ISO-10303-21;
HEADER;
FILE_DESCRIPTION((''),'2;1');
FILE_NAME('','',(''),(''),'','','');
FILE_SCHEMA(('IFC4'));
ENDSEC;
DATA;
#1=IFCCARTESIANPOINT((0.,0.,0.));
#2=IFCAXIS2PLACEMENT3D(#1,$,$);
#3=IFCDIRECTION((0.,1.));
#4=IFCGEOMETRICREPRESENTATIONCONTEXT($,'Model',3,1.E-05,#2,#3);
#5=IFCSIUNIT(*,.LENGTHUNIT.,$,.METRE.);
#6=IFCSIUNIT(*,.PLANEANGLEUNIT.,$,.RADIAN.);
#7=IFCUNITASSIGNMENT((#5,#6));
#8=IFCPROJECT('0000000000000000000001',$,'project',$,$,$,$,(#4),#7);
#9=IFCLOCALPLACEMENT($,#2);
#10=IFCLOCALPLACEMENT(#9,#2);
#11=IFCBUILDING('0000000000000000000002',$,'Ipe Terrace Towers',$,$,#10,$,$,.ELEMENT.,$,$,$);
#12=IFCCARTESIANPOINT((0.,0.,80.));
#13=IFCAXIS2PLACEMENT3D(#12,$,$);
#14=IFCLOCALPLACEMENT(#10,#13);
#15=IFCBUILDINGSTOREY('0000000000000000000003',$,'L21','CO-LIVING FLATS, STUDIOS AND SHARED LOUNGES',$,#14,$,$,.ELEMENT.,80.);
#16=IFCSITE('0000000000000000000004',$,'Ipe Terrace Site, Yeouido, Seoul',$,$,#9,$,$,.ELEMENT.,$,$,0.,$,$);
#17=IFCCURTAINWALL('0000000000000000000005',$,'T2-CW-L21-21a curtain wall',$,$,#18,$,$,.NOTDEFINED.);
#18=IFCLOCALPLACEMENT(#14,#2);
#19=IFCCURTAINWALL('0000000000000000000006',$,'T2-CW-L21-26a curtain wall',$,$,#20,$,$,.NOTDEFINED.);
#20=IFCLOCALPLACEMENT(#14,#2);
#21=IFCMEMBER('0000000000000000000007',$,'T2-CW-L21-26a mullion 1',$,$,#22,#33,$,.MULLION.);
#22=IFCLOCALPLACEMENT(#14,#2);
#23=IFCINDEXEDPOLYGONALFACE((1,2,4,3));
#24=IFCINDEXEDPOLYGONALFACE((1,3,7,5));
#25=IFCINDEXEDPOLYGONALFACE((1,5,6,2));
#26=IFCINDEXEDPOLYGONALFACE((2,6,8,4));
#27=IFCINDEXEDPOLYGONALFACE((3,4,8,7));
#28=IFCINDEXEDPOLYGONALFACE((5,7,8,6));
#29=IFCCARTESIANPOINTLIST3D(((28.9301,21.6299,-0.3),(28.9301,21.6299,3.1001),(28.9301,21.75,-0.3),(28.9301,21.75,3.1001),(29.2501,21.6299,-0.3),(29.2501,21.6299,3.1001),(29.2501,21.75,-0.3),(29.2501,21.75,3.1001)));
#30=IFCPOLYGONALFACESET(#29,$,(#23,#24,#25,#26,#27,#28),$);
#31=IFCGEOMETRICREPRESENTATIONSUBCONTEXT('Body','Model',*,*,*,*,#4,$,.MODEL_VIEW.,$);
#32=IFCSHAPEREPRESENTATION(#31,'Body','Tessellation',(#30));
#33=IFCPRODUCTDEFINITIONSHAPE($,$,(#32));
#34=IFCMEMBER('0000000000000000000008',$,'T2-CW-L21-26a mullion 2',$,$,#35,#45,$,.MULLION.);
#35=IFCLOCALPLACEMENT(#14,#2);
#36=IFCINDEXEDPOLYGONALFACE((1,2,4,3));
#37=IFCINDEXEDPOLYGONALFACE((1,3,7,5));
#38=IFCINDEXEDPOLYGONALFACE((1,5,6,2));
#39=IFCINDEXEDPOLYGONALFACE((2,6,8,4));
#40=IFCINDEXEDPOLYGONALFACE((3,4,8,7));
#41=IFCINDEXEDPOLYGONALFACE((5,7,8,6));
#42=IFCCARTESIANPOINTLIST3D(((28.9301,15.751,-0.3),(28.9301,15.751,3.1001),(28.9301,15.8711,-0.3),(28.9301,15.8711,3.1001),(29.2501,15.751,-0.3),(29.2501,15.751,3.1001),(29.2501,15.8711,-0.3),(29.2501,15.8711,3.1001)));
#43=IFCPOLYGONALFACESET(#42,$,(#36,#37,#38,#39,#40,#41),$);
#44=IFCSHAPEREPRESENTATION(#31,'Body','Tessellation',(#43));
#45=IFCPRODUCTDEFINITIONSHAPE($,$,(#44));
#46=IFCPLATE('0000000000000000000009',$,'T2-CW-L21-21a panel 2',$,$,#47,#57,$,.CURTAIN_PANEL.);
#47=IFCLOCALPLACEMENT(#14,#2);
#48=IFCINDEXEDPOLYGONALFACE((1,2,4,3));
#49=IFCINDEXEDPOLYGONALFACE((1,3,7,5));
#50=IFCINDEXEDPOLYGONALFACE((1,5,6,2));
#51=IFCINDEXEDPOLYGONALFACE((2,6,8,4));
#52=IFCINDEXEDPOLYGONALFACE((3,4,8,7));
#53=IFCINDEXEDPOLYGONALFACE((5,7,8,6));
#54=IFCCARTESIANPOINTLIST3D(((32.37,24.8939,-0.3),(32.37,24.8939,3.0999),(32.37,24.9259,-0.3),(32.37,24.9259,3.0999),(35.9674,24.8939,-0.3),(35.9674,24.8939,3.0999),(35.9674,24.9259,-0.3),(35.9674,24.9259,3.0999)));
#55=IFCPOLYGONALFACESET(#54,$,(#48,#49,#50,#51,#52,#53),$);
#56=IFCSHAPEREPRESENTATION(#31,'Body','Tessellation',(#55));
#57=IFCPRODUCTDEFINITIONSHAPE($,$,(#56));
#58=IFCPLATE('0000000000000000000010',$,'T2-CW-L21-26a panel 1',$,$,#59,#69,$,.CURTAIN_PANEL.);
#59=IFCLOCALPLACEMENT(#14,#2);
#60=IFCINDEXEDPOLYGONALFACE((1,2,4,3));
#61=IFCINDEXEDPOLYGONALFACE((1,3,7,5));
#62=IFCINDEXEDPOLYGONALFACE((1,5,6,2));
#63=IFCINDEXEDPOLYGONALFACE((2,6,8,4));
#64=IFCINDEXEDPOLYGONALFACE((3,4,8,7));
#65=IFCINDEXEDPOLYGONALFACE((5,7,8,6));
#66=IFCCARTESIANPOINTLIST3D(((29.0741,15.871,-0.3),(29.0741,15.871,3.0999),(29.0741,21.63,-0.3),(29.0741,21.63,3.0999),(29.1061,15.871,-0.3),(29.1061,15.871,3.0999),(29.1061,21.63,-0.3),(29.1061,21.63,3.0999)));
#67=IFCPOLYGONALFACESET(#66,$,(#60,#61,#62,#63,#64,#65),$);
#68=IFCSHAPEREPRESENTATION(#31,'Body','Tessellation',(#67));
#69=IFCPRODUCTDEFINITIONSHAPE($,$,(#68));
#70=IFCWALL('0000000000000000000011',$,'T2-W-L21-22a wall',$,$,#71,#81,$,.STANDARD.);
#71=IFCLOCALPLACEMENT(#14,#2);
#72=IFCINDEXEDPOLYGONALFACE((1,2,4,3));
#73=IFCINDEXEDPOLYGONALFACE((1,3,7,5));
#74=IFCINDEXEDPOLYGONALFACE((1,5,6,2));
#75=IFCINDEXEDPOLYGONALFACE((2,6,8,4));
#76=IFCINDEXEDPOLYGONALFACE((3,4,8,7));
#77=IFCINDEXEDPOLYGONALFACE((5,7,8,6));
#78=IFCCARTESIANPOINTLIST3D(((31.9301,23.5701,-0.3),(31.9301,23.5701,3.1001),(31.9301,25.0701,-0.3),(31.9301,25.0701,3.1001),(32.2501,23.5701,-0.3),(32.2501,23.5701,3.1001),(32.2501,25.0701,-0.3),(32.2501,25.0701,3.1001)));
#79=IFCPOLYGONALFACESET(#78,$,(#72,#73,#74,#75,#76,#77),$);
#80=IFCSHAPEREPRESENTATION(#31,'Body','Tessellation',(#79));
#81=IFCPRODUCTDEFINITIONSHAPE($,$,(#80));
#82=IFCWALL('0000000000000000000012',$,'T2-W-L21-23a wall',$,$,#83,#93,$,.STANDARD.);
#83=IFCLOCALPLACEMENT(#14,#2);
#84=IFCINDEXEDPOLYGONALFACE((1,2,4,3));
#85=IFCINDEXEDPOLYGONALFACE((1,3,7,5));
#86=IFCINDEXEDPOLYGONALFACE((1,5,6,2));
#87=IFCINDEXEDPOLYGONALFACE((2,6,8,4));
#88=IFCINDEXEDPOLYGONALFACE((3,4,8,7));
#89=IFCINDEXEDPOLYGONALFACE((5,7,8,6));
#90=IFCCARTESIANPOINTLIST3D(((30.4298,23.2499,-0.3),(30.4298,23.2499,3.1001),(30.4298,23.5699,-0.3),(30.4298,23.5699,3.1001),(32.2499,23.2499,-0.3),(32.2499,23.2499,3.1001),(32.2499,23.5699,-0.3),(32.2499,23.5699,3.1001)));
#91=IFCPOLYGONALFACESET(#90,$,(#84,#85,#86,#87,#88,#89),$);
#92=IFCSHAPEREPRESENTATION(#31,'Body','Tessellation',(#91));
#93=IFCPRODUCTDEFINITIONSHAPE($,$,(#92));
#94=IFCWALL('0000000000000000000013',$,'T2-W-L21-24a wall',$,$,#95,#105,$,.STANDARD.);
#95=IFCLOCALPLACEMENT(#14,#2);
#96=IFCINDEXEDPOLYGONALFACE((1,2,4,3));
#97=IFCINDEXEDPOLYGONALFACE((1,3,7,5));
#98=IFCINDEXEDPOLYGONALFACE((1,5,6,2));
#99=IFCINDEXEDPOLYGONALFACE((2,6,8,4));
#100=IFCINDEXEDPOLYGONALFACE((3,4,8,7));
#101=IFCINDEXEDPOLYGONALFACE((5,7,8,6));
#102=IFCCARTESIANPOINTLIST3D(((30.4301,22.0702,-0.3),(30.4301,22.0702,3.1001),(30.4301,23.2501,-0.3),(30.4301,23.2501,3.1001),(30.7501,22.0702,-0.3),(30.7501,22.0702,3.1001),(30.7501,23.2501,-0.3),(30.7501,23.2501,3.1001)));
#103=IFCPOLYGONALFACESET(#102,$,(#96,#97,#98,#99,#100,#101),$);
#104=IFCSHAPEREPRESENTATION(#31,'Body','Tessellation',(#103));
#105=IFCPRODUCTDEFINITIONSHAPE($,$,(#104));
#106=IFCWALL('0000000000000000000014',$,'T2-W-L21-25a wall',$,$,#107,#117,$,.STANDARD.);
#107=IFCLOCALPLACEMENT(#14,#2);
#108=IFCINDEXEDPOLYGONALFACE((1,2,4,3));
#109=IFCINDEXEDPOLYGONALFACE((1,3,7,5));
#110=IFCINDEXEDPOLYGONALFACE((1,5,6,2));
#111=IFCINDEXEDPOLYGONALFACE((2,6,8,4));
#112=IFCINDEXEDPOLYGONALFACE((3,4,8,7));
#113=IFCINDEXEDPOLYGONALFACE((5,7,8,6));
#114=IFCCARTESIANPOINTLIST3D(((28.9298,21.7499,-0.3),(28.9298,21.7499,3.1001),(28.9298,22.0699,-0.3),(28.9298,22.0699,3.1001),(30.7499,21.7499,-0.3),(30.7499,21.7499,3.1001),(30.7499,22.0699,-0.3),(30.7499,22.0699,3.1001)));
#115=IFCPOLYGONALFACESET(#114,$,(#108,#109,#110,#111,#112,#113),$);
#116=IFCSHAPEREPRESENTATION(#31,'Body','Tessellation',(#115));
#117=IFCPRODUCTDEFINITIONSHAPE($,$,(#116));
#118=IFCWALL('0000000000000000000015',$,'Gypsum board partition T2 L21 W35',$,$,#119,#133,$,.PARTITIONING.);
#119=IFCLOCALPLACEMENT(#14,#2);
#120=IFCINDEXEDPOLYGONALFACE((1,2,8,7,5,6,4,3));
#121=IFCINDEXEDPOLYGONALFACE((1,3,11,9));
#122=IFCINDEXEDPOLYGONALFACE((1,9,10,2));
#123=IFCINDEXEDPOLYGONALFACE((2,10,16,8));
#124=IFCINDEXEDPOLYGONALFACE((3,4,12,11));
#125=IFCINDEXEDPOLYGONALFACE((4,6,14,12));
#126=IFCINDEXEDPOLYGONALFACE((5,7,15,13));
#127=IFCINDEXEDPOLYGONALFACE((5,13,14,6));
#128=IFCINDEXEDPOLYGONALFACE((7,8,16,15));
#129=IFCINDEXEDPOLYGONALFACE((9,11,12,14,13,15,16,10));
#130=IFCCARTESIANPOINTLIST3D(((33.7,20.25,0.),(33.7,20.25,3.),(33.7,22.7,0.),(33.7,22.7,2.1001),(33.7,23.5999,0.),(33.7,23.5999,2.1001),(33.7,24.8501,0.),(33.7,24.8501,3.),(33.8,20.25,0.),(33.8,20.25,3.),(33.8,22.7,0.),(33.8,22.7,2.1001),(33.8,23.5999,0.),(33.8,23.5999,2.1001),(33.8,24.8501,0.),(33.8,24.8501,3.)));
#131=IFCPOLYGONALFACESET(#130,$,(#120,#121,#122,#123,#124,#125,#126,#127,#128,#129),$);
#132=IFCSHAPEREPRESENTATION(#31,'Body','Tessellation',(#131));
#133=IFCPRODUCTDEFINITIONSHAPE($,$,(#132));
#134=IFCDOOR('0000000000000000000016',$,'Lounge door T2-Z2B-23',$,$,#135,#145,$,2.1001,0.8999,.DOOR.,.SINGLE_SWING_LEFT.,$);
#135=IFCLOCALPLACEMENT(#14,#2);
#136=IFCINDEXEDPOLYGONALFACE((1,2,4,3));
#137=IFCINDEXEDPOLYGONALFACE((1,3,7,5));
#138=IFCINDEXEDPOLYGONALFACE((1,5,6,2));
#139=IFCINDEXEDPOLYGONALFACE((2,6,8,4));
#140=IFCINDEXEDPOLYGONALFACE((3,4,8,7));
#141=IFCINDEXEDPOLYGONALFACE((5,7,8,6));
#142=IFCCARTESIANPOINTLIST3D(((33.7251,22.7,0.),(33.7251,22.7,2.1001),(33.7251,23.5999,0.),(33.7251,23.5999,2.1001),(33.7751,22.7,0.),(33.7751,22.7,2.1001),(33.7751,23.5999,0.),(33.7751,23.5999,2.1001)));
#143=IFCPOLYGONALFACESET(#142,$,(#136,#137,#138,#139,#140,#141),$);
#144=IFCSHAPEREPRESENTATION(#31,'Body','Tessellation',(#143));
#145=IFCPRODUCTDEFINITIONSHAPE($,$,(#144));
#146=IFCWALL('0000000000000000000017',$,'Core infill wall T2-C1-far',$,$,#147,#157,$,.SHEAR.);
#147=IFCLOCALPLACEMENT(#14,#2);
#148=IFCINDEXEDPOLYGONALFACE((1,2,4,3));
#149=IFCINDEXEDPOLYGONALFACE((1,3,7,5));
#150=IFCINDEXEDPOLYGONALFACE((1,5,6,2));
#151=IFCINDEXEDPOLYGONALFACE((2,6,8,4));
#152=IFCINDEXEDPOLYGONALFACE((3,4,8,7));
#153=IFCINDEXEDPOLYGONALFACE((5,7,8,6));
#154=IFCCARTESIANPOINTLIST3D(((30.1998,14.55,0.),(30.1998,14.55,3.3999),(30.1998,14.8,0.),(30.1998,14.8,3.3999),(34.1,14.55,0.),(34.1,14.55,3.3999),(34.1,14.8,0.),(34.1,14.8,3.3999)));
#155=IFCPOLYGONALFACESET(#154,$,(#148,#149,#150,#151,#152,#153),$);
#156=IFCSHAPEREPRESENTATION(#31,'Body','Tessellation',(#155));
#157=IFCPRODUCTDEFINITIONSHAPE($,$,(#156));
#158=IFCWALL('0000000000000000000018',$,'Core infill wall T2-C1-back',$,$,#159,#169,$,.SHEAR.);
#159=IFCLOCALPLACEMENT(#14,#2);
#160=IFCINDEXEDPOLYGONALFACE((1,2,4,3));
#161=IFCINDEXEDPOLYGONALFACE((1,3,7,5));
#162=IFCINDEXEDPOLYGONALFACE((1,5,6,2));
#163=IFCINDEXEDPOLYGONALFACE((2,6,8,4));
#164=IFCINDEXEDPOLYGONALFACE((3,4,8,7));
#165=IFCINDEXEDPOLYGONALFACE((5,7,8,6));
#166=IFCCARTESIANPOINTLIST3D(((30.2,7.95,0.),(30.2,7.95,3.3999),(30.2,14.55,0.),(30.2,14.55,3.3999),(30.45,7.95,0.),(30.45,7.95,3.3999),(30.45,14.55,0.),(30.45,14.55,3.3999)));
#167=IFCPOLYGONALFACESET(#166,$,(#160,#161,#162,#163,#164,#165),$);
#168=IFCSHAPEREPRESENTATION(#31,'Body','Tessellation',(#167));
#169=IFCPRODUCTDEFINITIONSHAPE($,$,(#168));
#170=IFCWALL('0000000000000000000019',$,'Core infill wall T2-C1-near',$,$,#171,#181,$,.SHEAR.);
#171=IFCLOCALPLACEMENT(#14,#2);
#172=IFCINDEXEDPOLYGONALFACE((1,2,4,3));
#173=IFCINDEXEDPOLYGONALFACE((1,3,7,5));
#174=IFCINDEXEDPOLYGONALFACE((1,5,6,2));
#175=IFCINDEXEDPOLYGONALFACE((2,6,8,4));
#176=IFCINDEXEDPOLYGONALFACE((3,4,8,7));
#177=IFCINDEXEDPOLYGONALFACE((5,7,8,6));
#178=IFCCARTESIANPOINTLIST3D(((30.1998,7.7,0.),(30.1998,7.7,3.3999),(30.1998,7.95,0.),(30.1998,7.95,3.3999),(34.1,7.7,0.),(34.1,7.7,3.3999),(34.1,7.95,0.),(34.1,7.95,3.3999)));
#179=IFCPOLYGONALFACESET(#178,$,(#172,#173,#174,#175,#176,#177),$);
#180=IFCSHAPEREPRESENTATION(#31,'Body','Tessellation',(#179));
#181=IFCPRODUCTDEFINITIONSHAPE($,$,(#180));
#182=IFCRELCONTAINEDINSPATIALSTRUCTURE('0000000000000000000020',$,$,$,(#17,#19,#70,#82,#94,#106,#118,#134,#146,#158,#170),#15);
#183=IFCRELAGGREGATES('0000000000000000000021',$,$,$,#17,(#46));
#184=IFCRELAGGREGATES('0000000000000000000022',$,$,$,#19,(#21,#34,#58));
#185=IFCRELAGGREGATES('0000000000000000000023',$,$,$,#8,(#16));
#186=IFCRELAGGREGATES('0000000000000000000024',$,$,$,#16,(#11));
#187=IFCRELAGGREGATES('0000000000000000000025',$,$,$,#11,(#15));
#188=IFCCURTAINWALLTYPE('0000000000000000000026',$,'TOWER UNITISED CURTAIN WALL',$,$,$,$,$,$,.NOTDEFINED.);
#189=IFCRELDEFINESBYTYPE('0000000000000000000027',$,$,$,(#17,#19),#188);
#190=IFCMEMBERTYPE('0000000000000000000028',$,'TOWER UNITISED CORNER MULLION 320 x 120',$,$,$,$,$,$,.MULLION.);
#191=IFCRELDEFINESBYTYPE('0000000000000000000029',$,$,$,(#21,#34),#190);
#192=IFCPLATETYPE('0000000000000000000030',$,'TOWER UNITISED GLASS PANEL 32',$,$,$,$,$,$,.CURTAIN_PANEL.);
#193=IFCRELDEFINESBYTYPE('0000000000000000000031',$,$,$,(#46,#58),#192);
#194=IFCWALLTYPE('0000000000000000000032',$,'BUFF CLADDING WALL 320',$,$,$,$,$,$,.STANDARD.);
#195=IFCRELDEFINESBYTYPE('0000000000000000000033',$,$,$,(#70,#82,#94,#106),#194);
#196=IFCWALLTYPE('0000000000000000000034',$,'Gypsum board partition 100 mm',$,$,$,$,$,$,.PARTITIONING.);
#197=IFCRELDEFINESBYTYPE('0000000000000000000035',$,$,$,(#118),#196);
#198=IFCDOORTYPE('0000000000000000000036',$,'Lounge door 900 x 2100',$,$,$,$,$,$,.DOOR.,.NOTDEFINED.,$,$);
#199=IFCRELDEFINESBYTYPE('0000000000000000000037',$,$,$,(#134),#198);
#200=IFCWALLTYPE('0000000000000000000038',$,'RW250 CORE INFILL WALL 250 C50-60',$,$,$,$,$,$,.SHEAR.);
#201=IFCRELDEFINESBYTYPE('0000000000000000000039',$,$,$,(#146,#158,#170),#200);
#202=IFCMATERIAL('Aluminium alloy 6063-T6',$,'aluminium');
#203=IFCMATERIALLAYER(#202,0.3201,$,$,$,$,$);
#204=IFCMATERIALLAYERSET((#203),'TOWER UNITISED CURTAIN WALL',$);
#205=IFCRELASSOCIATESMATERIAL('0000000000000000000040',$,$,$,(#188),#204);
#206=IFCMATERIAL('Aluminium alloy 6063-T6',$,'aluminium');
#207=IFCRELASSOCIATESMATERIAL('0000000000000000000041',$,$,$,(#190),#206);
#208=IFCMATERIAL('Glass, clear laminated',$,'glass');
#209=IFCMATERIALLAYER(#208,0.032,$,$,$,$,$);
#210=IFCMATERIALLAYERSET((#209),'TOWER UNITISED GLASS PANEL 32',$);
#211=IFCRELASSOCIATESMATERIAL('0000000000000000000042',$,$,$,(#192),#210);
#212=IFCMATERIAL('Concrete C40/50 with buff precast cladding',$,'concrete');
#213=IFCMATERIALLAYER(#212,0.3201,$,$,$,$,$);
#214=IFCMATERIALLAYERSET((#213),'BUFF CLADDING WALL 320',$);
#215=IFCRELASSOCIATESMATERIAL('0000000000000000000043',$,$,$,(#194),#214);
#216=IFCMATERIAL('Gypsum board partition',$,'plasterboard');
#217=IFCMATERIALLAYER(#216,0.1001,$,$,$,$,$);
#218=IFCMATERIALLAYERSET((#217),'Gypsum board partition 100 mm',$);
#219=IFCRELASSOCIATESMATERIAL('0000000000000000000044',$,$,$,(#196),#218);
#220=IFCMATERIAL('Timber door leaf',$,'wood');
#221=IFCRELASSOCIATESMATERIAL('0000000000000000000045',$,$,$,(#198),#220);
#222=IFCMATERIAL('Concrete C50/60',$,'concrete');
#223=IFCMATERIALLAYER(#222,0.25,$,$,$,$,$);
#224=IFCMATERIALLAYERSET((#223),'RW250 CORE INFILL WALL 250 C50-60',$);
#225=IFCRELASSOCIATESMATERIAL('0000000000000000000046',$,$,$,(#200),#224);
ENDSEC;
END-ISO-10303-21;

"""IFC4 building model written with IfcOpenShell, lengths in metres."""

from ifc_helpers import new_model, si_unit, direction, frame, frame_2d, origin, origin_2d, place, context, subcontext, project, spatial, rectangle, extrude, material, layer, layer_set, material_profile, profile_set, type_object, element, fill, aggregate, save


model = new_model("IFC4")

# Units and contexts
model_context = context("Model", 3, precision=1e-05, world=origin(), true_north=direction((0.0, 1.0)))
body_context = subcontext(model_context, "Body", "Model", "MODEL_VIEW")
ifc_project = project(units=[si_unit("LENGTHUNIT", "METRE"), si_unit("PLANEANGLEUNIT", "RADIAN")], contexts=[model_context])

# Site, building, storey
site_placement = place(None, origin())
site = spatial("IfcSite", under=ifc_project, at=site_placement, Name="Ipe Terrace Site, Yeouido, Seoul", CompositionType="ELEMENT", RefElevation=0.0)
building_placement = place(site_placement, origin())
building = spatial("IfcBuilding", under=site, at=building_placement, Name="Ipe Terrace Towers", CompositionType="ELEMENT")
storey_placement = place(building_placement, frame((0.0, 0.0, 80.0)))
storey = spatial("IfcBuildingStorey", under=building, at=storey_placement, Name="L21", Description="CO-LIVING FLATS, STUDIOS AND SHARED LOUNGES", CompositionType="ELEMENT", Elevation=80.0)

# Curtain wall
ifc_material_1 = material(Name="Aluminium alloy 6063-T6", Category="aluminium")
ifc_layer_1 = layer(ifc_material_1, 0.3201)
ifc_layer_set_1 = layer_set([ifc_layer_1], Name="TOWER UNITISED CURTAIN WALL")
curtain_wall_type = type_object("IfcCurtainWallType", Name="TOWER UNITISED CURTAIN WALL", PredefinedType="NOTDEFINED", material=ifc_layer_set_1)
curtain_wall_1_placement = place(storey_placement, origin())
curtain_wall_1 = element("IfcCurtainWall", 1, at=curtain_wall_1_placement, inside=storey, type_object=curtain_wall_type, Name="T2-CW-L21-21a curtain wall", PredefinedType="NOTDEFINED")
ifc_material_2 = material(Name="Aluminium alloy 6063-T6", Category="aluminium")
ifc_material_profile_1 = material_profile(ifc_material_2, rectangle(XDim=0.3201, YDim=0.1201, at=origin_2d()), Name="TOWER UNITISED CORNER MULLION 320 x 120")
ifc_profile_set_1 = profile_set([ifc_material_profile_1], Name="Aluminium alloy 6063-T6")
member_type = type_object("IfcMemberType", Name="TOWER UNITISED CORNER MULLION 320 x 120", PredefinedType="MULLION", material=ifc_profile_set_1)

# Curtain wall, members
curtain_wall_2_placement = place(storey_placement, origin())
curtain_wall_2 = element("IfcCurtainWall", 2, at=curtain_wall_2_placement, inside=storey, type_object=curtain_wall_type, Name="T2-CW-L21-26a curtain wall", PredefinedType="NOTDEFINED")
member_1_placement = place(storey_placement, frame((29.0901, 21.6899, -0.3), z_axis=(0.0, 0.0, 1.0), x_axis=(-1.0, 0.0, 0.0)))
member_1 = element("IfcMember", 3, at=member_1_placement, type_object=member_type, Name="T2-CW-L21-26a mullion 1", PredefinedType="MULLION", context=body_context, shape_type="SweptSolid", body=[
    extrude(rectangle(XDim=0.3201, YDim=0.1201, at=origin_2d()), origin(), (0.0, 0.0, 1.0), 3.4001),
])
member_2_placement = place(storey_placement, frame((29.0901, 15.811, -0.3), z_axis=(0.0, 0.0, 1.0), x_axis=(-1.0, 0.0, 0.0)))
member_2 = element("IfcMember", 4, at=member_2_placement, type_object=member_type, Name="T2-CW-L21-26a mullion 2", PredefinedType="MULLION", context=body_context, shape_type="SweptSolid", body=[
    extrude(rectangle(XDim=0.3201, YDim=0.1201, at=origin_2d()), origin(), (0.0, 0.0, 1.0), 3.4001),
])

# Plates
ifc_material_3 = material(Name="Glass, clear laminated", Category="glass")
ifc_layer_2 = layer(ifc_material_3, 0.032)
ifc_layer_set_2 = layer_set([ifc_layer_2], Name="TOWER UNITISED GLASS PANEL 32")
plate_type = type_object("IfcPlateType", Name="TOWER UNITISED GLASS PANEL 32", PredefinedType="CURTAIN_PANEL", material=ifc_layer_set_2)
plate_1_placement = place(storey_placement, frame((34.1687, 24.9099, -0.3), z_axis=(0.0, 0.0, 1.0), x_axis=(-1.0, 0.0, 0.0)))
plate_1 = element("IfcPlate", 5, at=plate_1_placement, type_object=plate_type, Name="T2-CW-L21-21a panel 2", PredefinedType="CURTAIN_PANEL", context=body_context, shape_type="SweptSolid", body=[
    extrude(rectangle(XDim=3.5974, YDim=0.032, at=origin_2d()), origin(), (0.0, 0.0, 1.0), 3.3999),
])
aggregate(curtain_wall_1, [plate_1])
plate_2_placement = place(storey_placement, frame((29.0901, 18.7505, -0.3), z_axis=(0.0, 0.0, 1.0), x_axis=(0.0, -1.0, 0.0)))
plate_2 = element("IfcPlate", 6, at=plate_2_placement, type_object=plate_type, Name="T2-CW-L21-26a panel 1", PredefinedType="CURTAIN_PANEL", context=body_context, shape_type="SweptSolid", body=[
    extrude(rectangle(XDim=5.759, YDim=0.032, at=origin_2d()), origin(), (0.0, 0.0, 1.0), 3.3999),
])
aggregate(curtain_wall_2, [member_1, member_2, plate_2])

# Walls
ifc_material_4 = material(Name="Concrete C40/50 with buff precast cladding", Category="concrete")
ifc_layer_3 = layer(ifc_material_4, 0.3201)
ifc_layer_set_3 = layer_set([ifc_layer_3], Name="BUFF CLADDING WALL 320")
wall_type_1 = type_object("IfcWallType", Name="BUFF CLADDING WALL 320", PredefinedType="STANDARD", material=ifc_layer_set_3)
wall_1_placement = place(storey_placement, frame((32.0901, 25.0701, -0.3), z_axis=(0.0, 0.0, 1.0), x_axis=(0.0, -1.0, 0.0)))
element("IfcWall", 7, at=wall_1_placement, inside=storey, type_object=wall_type_1, Name="T2-W-L21-22a wall", PredefinedType="STANDARD", context=body_context, shape_type="SweptSolid", body=[
    extrude(rectangle(XDim=1.5, YDim=0.3201, at=frame_2d((0.75, 0.0))), origin(), (0.0, 0.0, 1.0), 3.4001),
])
wall_2_placement = place(storey_placement, frame((32.25, 23.4099, -0.3), z_axis=(0.0, 0.0, 1.0), x_axis=(-1.0, 0.0, 0.0)))
element("IfcWall", 8, at=wall_2_placement, inside=storey, type_object=wall_type_1, Name="T2-W-L21-23a wall", PredefinedType="STANDARD", context=body_context, shape_type="SweptSolid", body=[
    extrude(rectangle(XDim=1.8201, YDim=0.3201, at=frame_2d((0.9102, 0.0))), origin(), (0.0, 0.0, 1.0), 3.4001),
])
wall_3_placement = place(storey_placement, frame((30.5901, 23.25, -0.3), z_axis=(0.0, 0.0, 1.0), x_axis=(0.0, -1.0, 0.0)))
element("IfcWall", 9, at=wall_3_placement, inside=storey, type_object=wall_type_1, Name="T2-W-L21-24a wall", PredefinedType="STANDARD", context=body_context, shape_type="SweptSolid", body=[
    extrude(rectangle(XDim=1.1799, YDim=0.3201, at=frame_2d((0.5898, 0.0))), origin(), (0.0, 0.0, 1.0), 3.4001),
])
wall_4_placement = place(storey_placement, frame((30.75, 21.9099, -0.3), z_axis=(0.0, 0.0, 1.0), x_axis=(-1.0, 0.0, 0.0)))
element("IfcWall", 10, at=wall_4_placement, inside=storey, type_object=wall_type_1, Name="T2-W-L21-25a wall", PredefinedType="STANDARD", context=body_context, shape_type="SweptSolid", body=[
    extrude(rectangle(XDim=1.8201, YDim=0.3201, at=frame_2d((0.9102, 0.0))), origin(), (0.0, 0.0, 1.0), 3.4001),
])

# Wall, opening, door
ifc_material_5 = material(Name="Gypsum board partition", Category="plasterboard")
ifc_layer_4 = layer(ifc_material_5, 0.1001)
ifc_layer_set_4 = layer_set([ifc_layer_4], Name="Gypsum board partition 100 mm")
wall_type_2 = type_object("IfcWallType", Name="Gypsum board partition 100 mm", PredefinedType="PARTITIONING", material=ifc_layer_set_4)
wall_5_placement = place(storey_placement, frame((33.75, 20.25, 0.0), z_axis=(0.0, 0.0, 1.0), x_axis=(0.0, 1.0, 0.0)))
wall_5 = element("IfcWall", 11, at=wall_5_placement, inside=storey, type_object=wall_type_2, Name="Gypsum board partition T2 L21 W35", PredefinedType="PARTITIONING", context=body_context, shape_type="SweptSolid", body=[
    extrude(rectangle(XDim=4.6001, YDim=0.1001, at=frame_2d((2.3, 0.0))), origin(), (0.0, 0.0, 1.0), 3.0),
])
opening_1_placement = place(wall_5_placement, frame((2.45, 0.0, 0.0)))
opening_1 = element("IfcOpeningElement", 12, at=opening_1_placement, cuts=wall_5, PredefinedType="OPENING", context=body_context, shape_type="SweptSolid", body=[
    extrude(rectangle(XDim=0.8999, YDim=2.1001, at=frame_2d((0.45, 1.05))), frame((0.0, 0.0601, 0.0), z_axis=(0.0, -1.0, 0.0), x_axis=(1.0, 0.0, 0.0)), (0.0, 0.0, 1.0), 0.1201),
])
ifc_material_6 = material(Name="Timber door leaf", Category="wood")
door_type_1 = type_object("IfcDoorType", Name="Lounge door 900 x 2100", OperationType="NOTDEFINED", PredefinedType="DOOR", material=ifc_material_6)
door_1_placement = place(opening_1_placement, origin())
door_1 = element("IfcDoor", 13, at=door_1_placement, inside=storey, type_object=door_type_1, Name="Lounge door T2-Z2B-23", OperationType="SINGLE_SWING_LEFT", OverallHeight=2.1001, OverallWidth=0.8999, PredefinedType="DOOR", context=body_context, shape_type="SweptSolid", body=[
    extrude(rectangle(XDim=0.8999, YDim=2.1001, at=frame_2d((0.45, 1.05))), frame((0.0, 0.0249, 0.0), z_axis=(0.0, -1.0, 0.0), x_axis=(1.0, 0.0, 0.0)), (0.0, 0.0, 1.0), 0.05),
])
fill(opening_1, door_1)

# Walls
ifc_material_7 = material(Name="Concrete C50/60", Category="concrete")
ifc_layer_5 = layer(ifc_material_7, 0.25)
ifc_layer_set_5 = layer_set([ifc_layer_5], Name="RW250 CORE INFILL WALL 250 C50-60")
wall_type_3 = type_object("IfcWallType", Name="RW250 CORE INFILL WALL 250 C50-60", PredefinedType="SHEAR", material=ifc_layer_set_5)
wall_6_placement = place(storey_placement, frame((34.1001, 14.675, 0.0), z_axis=(0.0, 0.0, 1.0), x_axis=(-1.0, 0.0, 0.0)))
element("IfcWall", 14, at=wall_6_placement, inside=storey, type_object=wall_type_3, Name="Core infill wall T2-C1-far", PredefinedType="SHEAR", context=body_context, shape_type="SweptSolid", body=[
    extrude(rectangle(XDim=3.9001, YDim=0.25, at=frame_2d((1.9502, 0.0))), origin(), (0.0, 0.0, 1.0), 3.3999),
])
wall_7_placement = place(storey_placement, frame((30.325, 7.95, 0.0), z_axis=(0.0, 0.0, 1.0), x_axis=(0.0, 1.0, 0.0)))
element("IfcWall", 15, at=wall_7_placement, inside=storey, type_object=wall_type_3, Name="Core infill wall T2-C1-back", PredefinedType="SHEAR", context=body_context, shape_type="SweptSolid", body=[
    extrude(rectangle(XDim=6.6001, YDim=0.25, at=frame_2d((3.3, 0.0))), origin(), (0.0, 0.0, 1.0), 3.3999),
])
wall_8_placement = place(storey_placement, frame((34.1001, 7.825, 0.0), z_axis=(0.0, 0.0, 1.0), x_axis=(-1.0, 0.0, 0.0)))
element("IfcWall", 16, at=wall_8_placement, inside=storey, type_object=wall_type_3, Name="Core infill wall T2-C1-near", PredefinedType="SHEAR", context=body_context, shape_type="SweptSolid", body=[
    extrude(rectangle(XDim=3.9001, YDim=0.25, at=frame_2d((1.9502, 0.0))), origin(), (0.0, 0.0, 1.0), 3.3999),
])

save(model, "model.ifc")
